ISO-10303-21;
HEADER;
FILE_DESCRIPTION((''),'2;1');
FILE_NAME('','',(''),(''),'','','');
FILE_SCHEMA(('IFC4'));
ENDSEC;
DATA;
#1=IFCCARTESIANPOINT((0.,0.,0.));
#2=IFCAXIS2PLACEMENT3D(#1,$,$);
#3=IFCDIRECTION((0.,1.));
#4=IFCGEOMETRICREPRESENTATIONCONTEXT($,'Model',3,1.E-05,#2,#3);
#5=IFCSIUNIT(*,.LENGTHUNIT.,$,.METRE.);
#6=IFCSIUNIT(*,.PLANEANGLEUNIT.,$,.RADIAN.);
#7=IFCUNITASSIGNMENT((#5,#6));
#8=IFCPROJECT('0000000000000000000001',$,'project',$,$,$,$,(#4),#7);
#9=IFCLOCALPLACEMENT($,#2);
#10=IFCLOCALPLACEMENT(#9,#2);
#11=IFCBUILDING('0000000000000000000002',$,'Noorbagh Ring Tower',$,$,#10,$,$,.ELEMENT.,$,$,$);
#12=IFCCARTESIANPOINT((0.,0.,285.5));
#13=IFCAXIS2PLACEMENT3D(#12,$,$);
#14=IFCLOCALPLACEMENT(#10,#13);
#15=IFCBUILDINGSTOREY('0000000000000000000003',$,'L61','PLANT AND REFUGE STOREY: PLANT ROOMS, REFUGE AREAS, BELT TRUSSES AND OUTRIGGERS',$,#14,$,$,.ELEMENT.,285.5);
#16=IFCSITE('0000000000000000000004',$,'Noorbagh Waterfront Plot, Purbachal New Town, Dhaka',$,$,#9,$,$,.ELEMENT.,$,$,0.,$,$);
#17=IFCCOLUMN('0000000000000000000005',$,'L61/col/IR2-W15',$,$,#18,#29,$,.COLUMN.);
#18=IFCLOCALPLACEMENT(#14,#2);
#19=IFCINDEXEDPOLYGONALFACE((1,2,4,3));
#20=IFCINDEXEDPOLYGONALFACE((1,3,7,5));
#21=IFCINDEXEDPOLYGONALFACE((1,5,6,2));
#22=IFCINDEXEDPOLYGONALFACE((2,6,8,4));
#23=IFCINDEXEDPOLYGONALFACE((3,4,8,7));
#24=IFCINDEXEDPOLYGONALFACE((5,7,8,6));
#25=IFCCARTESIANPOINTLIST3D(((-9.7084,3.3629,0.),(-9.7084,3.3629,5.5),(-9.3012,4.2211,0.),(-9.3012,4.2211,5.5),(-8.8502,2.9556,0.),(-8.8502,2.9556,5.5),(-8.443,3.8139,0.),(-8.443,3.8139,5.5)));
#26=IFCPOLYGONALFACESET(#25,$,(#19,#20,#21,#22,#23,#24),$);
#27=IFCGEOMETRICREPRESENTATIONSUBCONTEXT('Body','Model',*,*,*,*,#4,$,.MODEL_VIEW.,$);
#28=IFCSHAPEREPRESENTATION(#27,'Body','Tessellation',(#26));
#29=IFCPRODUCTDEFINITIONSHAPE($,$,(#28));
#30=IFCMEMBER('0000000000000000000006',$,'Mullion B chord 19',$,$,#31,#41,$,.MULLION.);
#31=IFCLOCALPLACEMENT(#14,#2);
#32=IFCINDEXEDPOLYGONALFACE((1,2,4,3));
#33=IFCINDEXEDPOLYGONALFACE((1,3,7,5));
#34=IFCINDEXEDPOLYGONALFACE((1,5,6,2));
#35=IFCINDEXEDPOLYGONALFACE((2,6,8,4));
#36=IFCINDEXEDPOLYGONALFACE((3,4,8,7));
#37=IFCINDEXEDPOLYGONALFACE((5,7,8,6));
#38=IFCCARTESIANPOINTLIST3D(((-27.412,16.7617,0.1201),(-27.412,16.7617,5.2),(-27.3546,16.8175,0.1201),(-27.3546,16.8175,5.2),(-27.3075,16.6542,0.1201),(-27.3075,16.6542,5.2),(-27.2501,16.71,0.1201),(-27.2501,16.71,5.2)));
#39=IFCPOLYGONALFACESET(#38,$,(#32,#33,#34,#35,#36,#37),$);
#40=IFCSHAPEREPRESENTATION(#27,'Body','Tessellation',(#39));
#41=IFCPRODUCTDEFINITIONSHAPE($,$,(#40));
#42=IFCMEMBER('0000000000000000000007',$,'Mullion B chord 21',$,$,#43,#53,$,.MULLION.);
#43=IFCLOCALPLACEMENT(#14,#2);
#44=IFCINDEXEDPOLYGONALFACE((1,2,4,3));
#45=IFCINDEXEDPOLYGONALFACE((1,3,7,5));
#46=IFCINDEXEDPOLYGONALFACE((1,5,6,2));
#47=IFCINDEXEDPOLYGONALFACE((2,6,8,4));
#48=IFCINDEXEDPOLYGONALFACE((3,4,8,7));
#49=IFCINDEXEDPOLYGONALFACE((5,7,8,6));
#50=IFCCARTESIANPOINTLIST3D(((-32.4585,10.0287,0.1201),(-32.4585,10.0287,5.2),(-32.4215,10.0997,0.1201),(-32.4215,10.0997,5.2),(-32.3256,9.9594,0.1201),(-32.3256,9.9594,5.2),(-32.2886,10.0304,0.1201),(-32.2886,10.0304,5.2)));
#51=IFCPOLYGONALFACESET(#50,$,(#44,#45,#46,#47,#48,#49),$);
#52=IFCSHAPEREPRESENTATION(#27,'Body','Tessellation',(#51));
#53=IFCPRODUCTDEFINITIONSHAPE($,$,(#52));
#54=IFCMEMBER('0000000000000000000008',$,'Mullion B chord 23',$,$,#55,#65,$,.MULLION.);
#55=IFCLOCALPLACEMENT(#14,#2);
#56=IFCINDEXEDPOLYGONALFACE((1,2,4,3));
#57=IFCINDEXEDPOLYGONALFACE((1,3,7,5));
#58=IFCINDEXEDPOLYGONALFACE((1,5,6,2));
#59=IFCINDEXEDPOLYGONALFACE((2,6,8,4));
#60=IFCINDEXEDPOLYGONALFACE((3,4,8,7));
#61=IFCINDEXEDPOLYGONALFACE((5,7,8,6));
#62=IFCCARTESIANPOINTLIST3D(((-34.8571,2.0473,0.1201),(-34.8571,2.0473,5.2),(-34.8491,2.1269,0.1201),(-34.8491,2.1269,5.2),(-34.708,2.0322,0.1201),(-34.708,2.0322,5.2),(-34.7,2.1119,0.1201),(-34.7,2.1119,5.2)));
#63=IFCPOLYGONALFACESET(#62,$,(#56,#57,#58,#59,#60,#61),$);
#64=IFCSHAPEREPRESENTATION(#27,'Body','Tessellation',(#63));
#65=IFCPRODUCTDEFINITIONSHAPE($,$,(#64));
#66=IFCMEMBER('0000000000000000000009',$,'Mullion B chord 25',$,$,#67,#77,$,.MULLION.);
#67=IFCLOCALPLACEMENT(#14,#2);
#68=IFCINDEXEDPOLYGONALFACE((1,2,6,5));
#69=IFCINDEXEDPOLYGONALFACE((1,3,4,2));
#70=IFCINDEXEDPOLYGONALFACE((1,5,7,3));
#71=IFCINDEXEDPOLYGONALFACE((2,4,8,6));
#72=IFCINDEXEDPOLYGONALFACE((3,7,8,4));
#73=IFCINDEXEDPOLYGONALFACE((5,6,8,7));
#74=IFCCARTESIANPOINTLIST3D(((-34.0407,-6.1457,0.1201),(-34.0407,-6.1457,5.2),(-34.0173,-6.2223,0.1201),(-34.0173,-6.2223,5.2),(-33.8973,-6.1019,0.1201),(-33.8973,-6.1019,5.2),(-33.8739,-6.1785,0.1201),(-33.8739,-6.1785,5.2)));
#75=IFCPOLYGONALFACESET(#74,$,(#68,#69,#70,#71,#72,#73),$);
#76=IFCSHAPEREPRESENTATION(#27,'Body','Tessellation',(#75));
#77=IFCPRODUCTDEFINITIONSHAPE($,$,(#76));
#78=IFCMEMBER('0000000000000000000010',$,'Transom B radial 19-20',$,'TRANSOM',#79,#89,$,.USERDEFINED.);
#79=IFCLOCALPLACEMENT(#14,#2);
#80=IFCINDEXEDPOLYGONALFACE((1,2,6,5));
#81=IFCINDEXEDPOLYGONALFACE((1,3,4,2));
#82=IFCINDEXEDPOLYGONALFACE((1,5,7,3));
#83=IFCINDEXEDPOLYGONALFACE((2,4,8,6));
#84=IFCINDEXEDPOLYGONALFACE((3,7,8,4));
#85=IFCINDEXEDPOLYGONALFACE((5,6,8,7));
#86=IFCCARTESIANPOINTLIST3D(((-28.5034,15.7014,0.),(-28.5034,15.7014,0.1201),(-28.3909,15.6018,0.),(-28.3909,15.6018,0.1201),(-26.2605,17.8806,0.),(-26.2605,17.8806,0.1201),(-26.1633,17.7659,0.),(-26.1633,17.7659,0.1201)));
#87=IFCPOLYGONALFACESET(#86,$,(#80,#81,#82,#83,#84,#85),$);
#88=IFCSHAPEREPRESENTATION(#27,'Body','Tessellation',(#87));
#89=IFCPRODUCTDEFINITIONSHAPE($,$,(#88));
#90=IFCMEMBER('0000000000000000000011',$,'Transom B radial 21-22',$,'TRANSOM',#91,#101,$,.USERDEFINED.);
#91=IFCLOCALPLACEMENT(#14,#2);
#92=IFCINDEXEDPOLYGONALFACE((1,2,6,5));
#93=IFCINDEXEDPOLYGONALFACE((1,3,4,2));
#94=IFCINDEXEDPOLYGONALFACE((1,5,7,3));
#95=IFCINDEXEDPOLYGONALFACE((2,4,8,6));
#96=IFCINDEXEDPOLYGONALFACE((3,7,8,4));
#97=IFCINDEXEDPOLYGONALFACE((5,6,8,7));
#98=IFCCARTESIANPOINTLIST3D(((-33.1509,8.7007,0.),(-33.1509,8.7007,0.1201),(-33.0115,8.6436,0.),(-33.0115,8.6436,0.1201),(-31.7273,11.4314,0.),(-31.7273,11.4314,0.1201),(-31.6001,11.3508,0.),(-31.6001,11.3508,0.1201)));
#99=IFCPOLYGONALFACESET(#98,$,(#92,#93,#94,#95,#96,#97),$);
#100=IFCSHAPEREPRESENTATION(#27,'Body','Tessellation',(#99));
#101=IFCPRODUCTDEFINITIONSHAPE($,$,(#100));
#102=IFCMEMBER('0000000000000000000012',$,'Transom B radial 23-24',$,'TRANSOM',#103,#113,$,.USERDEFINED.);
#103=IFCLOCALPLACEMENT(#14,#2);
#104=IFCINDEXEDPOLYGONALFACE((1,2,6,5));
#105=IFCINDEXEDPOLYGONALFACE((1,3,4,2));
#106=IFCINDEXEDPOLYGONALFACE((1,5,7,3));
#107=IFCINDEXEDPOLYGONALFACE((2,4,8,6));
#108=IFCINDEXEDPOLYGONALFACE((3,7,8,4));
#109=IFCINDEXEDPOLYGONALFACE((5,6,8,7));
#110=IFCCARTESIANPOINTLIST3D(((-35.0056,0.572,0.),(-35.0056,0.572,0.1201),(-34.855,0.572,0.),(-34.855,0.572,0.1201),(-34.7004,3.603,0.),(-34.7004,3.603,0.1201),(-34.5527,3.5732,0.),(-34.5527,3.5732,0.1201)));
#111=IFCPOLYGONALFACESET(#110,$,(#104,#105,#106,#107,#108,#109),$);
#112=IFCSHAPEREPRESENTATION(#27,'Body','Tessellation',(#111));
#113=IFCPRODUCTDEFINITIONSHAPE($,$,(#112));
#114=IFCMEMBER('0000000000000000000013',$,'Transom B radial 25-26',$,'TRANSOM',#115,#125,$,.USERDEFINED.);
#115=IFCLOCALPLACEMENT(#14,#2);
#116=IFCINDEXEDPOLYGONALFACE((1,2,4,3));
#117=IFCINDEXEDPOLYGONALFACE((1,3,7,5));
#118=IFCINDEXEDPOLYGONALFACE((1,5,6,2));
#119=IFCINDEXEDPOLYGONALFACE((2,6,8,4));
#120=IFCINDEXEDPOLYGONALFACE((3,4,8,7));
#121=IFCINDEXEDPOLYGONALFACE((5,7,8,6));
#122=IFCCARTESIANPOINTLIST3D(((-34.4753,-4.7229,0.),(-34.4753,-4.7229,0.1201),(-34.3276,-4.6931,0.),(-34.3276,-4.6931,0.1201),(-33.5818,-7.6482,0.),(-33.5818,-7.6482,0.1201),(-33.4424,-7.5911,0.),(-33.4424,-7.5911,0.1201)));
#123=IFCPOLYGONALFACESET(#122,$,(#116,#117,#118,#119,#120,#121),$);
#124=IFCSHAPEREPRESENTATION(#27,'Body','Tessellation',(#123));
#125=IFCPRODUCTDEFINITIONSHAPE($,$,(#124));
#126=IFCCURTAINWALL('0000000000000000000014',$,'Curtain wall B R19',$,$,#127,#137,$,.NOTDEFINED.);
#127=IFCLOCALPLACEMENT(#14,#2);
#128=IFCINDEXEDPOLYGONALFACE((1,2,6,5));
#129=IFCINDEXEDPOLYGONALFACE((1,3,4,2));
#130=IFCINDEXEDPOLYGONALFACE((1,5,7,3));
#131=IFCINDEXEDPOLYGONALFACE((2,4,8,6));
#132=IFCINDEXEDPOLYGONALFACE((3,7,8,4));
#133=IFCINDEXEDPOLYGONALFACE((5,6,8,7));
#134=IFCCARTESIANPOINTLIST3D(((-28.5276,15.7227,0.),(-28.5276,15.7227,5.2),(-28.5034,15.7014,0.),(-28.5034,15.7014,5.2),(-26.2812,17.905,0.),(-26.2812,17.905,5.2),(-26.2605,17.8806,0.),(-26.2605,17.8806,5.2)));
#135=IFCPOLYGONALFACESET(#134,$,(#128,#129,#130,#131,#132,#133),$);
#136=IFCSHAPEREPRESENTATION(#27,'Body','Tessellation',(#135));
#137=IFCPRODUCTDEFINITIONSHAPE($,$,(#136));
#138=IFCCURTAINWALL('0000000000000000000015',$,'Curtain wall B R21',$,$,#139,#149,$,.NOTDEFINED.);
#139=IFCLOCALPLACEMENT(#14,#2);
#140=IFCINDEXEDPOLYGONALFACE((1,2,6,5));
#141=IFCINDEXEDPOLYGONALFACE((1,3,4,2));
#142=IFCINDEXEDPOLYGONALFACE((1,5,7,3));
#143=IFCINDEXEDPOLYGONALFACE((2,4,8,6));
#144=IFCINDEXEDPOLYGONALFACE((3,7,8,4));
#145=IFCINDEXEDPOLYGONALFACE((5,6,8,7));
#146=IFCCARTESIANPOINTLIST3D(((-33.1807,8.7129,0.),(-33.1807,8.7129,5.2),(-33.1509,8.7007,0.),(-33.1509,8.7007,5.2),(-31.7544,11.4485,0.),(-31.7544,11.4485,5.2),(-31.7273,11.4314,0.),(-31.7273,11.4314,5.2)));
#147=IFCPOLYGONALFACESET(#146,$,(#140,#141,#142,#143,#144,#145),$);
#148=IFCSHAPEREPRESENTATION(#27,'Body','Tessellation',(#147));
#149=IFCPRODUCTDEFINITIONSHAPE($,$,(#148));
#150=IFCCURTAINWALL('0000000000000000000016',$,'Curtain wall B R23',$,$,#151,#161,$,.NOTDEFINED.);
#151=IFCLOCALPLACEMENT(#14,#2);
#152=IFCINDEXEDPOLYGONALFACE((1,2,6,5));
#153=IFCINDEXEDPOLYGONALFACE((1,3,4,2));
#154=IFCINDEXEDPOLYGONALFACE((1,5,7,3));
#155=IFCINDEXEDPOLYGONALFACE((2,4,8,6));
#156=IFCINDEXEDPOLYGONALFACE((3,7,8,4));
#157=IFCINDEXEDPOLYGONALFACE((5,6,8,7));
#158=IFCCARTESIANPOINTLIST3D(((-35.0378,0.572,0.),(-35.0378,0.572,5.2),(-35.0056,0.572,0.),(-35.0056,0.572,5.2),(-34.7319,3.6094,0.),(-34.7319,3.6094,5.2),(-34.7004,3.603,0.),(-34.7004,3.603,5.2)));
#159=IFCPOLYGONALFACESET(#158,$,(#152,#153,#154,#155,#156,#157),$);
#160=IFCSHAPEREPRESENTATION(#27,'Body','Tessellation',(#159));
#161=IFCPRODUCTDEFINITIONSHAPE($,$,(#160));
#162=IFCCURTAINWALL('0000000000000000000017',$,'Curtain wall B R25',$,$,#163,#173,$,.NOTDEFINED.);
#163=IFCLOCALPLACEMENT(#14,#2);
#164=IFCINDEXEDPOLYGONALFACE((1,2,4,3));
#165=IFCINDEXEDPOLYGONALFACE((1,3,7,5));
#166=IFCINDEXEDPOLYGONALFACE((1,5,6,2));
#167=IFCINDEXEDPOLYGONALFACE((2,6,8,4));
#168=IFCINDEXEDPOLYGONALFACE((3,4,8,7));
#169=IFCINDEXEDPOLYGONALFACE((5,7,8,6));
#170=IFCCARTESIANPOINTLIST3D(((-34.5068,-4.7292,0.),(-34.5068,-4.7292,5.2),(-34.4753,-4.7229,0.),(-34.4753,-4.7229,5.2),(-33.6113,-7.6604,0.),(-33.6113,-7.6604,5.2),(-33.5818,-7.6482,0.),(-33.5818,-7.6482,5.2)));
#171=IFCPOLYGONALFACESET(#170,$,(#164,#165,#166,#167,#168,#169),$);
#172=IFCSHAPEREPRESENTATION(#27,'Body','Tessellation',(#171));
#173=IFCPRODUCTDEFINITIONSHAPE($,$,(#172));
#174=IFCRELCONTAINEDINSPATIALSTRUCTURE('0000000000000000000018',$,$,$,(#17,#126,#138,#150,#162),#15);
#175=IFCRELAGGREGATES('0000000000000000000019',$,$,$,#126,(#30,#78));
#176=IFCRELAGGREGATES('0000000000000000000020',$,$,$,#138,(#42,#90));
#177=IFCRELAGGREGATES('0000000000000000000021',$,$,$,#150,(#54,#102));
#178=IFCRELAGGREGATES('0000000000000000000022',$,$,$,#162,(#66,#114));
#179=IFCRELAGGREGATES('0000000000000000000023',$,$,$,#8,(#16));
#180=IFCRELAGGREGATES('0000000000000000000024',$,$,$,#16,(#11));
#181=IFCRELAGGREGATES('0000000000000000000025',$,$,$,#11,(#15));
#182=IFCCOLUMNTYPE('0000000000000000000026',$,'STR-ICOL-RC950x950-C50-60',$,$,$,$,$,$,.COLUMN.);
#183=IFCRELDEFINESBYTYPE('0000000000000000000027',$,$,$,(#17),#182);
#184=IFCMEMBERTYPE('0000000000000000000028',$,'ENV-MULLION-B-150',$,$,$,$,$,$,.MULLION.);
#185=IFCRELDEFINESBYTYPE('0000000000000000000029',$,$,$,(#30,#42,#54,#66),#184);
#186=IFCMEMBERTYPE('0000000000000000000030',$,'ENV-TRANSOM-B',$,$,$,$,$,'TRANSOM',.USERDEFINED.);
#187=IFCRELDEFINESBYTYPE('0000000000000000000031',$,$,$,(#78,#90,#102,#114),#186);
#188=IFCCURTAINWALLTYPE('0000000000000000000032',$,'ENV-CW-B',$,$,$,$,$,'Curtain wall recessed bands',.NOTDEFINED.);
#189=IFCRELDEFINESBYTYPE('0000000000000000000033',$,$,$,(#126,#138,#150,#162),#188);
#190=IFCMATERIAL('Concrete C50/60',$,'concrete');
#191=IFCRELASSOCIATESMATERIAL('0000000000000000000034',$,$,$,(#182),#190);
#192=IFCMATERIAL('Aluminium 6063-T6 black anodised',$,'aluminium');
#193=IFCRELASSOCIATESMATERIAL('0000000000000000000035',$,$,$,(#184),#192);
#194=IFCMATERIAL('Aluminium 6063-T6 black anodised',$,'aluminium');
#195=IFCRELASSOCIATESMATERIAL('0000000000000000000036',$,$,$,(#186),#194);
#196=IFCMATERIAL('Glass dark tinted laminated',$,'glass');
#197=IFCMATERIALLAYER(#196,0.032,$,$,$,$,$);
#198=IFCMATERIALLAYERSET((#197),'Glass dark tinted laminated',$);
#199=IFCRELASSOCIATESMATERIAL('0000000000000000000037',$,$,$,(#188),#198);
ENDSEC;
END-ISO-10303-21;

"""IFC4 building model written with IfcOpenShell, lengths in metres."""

from ifc_helpers import new_model, si_unit, direction, frame, origin, origin_2d, place, context, subcontext, project, spatial, polyline, rectangle, outline, extrude, material, layer, layer_set, material_profile, profile_set, type_object, element, aggregate, save


model = new_model("IFC4")

# Units and contexts
model_context = context("Model", 3, precision=1e-05, world=origin(), true_north=direction((0.0, 1.0)))
body_context = subcontext(model_context, "Body", "Model", "MODEL_VIEW")
ifc_project = project(units=[si_unit("LENGTHUNIT", "METRE"), si_unit("PLANEANGLEUNIT", "RADIAN")], contexts=[model_context])

# Site, building, storey
site_placement = place(None, origin())
site = spatial("IfcSite", under=ifc_project, at=site_placement, Name="Noorbagh Waterfront Plot, Purbachal New Town, Dhaka", CompositionType="ELEMENT", RefElevation=0.0)
building_placement = place(site_placement, origin())
building = spatial("IfcBuilding", under=site, at=building_placement, Name="Noorbagh Ring Tower", CompositionType="ELEMENT")
storey_placement = place(building_placement, frame((0.0, 0.0, 285.5)))
storey = spatial("IfcBuildingStorey", under=building, at=storey_placement, Name="L61", Description="PLANT AND REFUGE STOREY: PLANT ROOMS, REFUGE AREAS, BELT TRUSSES AND OUTRIGGERS", CompositionType="ELEMENT", Elevation=285.5)

# Column
ifc_material_1 = material(Name="Concrete C50/60", Category="concrete")
ifc_material_profile_1 = material_profile(ifc_material_1, rectangle(XDim=0.95, YDim=0.95, at=origin_2d()), Name="RC950x950")
ifc_profile_set_1 = profile_set([ifc_material_profile_1], Name="Concrete C50/60")
column_type = type_object("IfcColumnType", Name="STR-ICOL-RC950x950-C50-60", PredefinedType="COLUMN", material=ifc_profile_set_1)
column_placement = place(storey_placement, frame((-9.0757, 3.5884, 0.0), z_axis=(0.0, 0.0, 1.0), x_axis=(-0.428667, -0.903463, 0.0)))
element("IfcColumn", 1, at=column_placement, inside=storey, type_object=column_type, Name="L61/col/IR2-W15", PredefinedType="COLUMN", context=body_context, shape_type="SweptSolid", body=[
    extrude(rectangle(XDim=0.95, YDim=0.95, at=origin_2d()), origin(), (0.0, 0.0, 1.0), 5.5),
])

# Members
ifc_material_2 = material(Name="Aluminium 6063-T6 black anodised", Category="aluminium")
ifc_material_profile_2 = material_profile(ifc_material_2, rectangle(XDim=0.1499, YDim=0.0801, at=origin_2d()), Name="150x80")
ifc_profile_set_2 = profile_set([ifc_material_profile_2], Name="Aluminium 6063-T6 black anodised")
member_type_1 = type_object("IfcMemberType", Name="ENV-MULLION-B-150", PredefinedType="MULLION", material=ifc_profile_set_2)
member_1_placement = place(storey_placement, frame((-27.3311, 16.7358, 0.1201), z_axis=(0.0, 0.0, 1.0), x_axis=(0.696842, -0.717225, 0.0)))
member_1 = element("IfcMember", 2, at=member_1_placement, type_object=member_type_1, Name="Mullion B chord 19", PredefinedType="MULLION", context=body_context, shape_type="SweptSolid", body=[
    extrude(rectangle(XDim=0.1499, YDim=0.0801, at=origin_2d()), origin(), (0.0, 0.0, 1.0), 5.0798),
])
member_2_placement = place(storey_placement, frame((-32.3735, 10.0295, 0.1201), z_axis=(0.0, 0.0, 1.0), x_axis=(0.886735, -0.462278, 0.0)))
member_2 = element("IfcMember", 3, at=member_2_placement, type_object=member_type_1, Name="Mullion B chord 21", PredefinedType="MULLION", context=body_context, shape_type="SweptSolid", body=[
    extrude(rectangle(XDim=0.1499, YDim=0.0801, at=origin_2d()), origin(), (0.0, 0.0, 1.0), 5.0798),
])
member_3_placement = place(storey_placement, frame((-34.7786, 2.0796, 0.1201), z_axis=(0.0, 0.0, 1.0), x_axis=(0.99497, -0.100178, 0.0)))
member_3 = element("IfcMember", 4, at=member_3_placement, type_object=member_type_1, Name="Mullion B chord 23", PredefinedType="MULLION", context=body_context, shape_type="SweptSolid", body=[
    extrude(rectangle(XDim=0.1499, YDim=0.0801, at=origin_2d()), origin(), (0.0, 0.0, 1.0), 5.0798),
])
member_4_placement = place(storey_placement, frame((-33.9573, -6.1621, 0.1201), z_axis=(0.0, 0.0, 1.0), x_axis=(0.956366, 0.29217, 0.0)))
member_4 = element("IfcMember", 5, at=member_4_placement, type_object=member_type_1, Name="Mullion B chord 25", PredefinedType="MULLION", context=body_context, shape_type="SweptSolid", body=[
    extrude(rectangle(XDim=0.1499, YDim=0.0801, at=origin_2d()), origin(), (0.0, 0.0, 1.0), 5.0798),
])
ifc_material_3 = material(Name="Aluminium 6063-T6 black anodised", Category="aluminium")
member_type_2 = type_object("IfcMemberType", Name="ENV-TRANSOM-B", ElementType="TRANSOM", PredefinedType="USERDEFINED", material=ifc_material_3)
member_5_placement = place(storey_placement, origin())
member_5 = element("IfcMember", 6, at=member_5_placement, type_object=member_type_2, Name="Transom B radial 19-20", ObjectType="TRANSOM", PredefinedType="USERDEFINED", context=body_context, shape_type="SweptSolid", body=[
    extrude(outline(polyline([(-26.2605, 17.8806), (-28.5034, 15.7014), (-28.3909, 15.6018), (-26.1633, 17.7659), (-26.2605, 17.8806)])), origin(), (0.0, 0.0, 1.0), 0.1201),
])
member_6_placement = place(storey_placement, origin())
member_6 = element("IfcMember", 7, at=member_6_placement, type_object=member_type_2, Name="Transom B radial 21-22", ObjectType="TRANSOM", PredefinedType="USERDEFINED", context=body_context, shape_type="SweptSolid", body=[
    extrude(outline(polyline([(-31.7273, 11.4314), (-33.1509, 8.7007), (-33.0115, 8.6436), (-31.6001, 11.3508), (-31.7273, 11.4314)])), origin(), (0.0, 0.0, 1.0), 0.1201),
])
member_7_placement = place(storey_placement, origin())
member_7 = element("IfcMember", 8, at=member_7_placement, type_object=member_type_2, Name="Transom B radial 23-24", ObjectType="TRANSOM", PredefinedType="USERDEFINED", context=body_context, shape_type="SweptSolid", body=[
    extrude(outline(polyline([(-34.7004, 3.603), (-35.0056, 0.572), (-34.855, 0.572), (-34.5527, 3.5732), (-34.7004, 3.603)])), origin(), (0.0, 0.0, 1.0), 0.1201),
])
member_8_placement = place(storey_placement, origin())
member_8 = element("IfcMember", 9, at=member_8_placement, type_object=member_type_2, Name="Transom B radial 25-26", ObjectType="TRANSOM", PredefinedType="USERDEFINED", context=body_context, shape_type="SweptSolid", body=[
    extrude(outline(polyline([(-34.4753, -4.7229), (-33.5818, -7.6482), (-33.4424, -7.5911), (-34.3276, -4.6931), (-34.4753, -4.7229)])), origin(), (0.0, 0.0, 1.0), 0.1201),
])

# Curtain walls
ifc_material_4 = material(Name="Glass dark tinted laminated", Category="glass")
ifc_layer = layer(ifc_material_4, 0.032)
ifc_layer_set = layer_set([ifc_layer], Name="Glass dark tinted laminated")
curtain_wall_type = type_object("IfcCurtainWallType", Name="ENV-CW-B", ElementType="Curtain wall recessed bands", PredefinedType="NOTDEFINED", material=ifc_layer_set)
curtain_wall_1_placement = place(storey_placement, origin())
curtain_wall_1 = element("IfcCurtainWall", 10, at=curtain_wall_1_placement, inside=storey, type_object=curtain_wall_type, Name="Curtain wall B R19", PredefinedType="NOTDEFINED", context=body_context, shape_type="SweptSolid", body=[
    extrude(outline(polyline([(-26.2812, 17.905), (-28.5276, 15.7227), (-28.5034, 15.7014), (-26.2605, 17.8806), (-26.2812, 17.905)])), origin(), (0.0, 0.0, 1.0), 5.2),
])
aggregate(curtain_wall_1, [member_1, member_5])
curtain_wall_2_placement = place(storey_placement, origin())
curtain_wall_2 = element("IfcCurtainWall", 11, at=curtain_wall_2_placement, inside=storey, type_object=curtain_wall_type, Name="Curtain wall B R21", PredefinedType="NOTDEFINED", context=body_context, shape_type="SweptSolid", body=[
    extrude(outline(polyline([(-31.7544, 11.4485), (-33.1807, 8.7129), (-33.1509, 8.7007), (-31.7273, 11.4314), (-31.7544, 11.4485)])), origin(), (0.0, 0.0, 1.0), 5.2),
])
aggregate(curtain_wall_2, [member_2, member_6])
curtain_wall_3_placement = place(storey_placement, origin())
curtain_wall_3 = element("IfcCurtainWall", 12, at=curtain_wall_3_placement, inside=storey, type_object=curtain_wall_type, Name="Curtain wall B R23", PredefinedType="NOTDEFINED", context=body_context, shape_type="SweptSolid", body=[
    extrude(outline(polyline([(-34.7319, 3.6094), (-35.0378, 0.572), (-35.0056, 0.572), (-34.7004, 3.603), (-34.7319, 3.6094)])), origin(), (0.0, 0.0, 1.0), 5.2),
])
aggregate(curtain_wall_3, [member_3, member_7])
curtain_wall_4_placement = place(storey_placement, origin())
curtain_wall_4 = element("IfcCurtainWall", 13, at=curtain_wall_4_placement, inside=storey, type_object=curtain_wall_type, Name="Curtain wall B R25", PredefinedType="NOTDEFINED", context=body_context, shape_type="SweptSolid", body=[
    extrude(outline(polyline([(-34.5068, -4.7292), (-33.6113, -7.6604), (-33.5818, -7.6482), (-34.4753, -4.7229), (-34.5068, -4.7292)])), origin(), (0.0, 0.0, 1.0), 5.2),
])
aggregate(curtain_wall_4, [member_4, member_8])

save(model, "model.ifc")
